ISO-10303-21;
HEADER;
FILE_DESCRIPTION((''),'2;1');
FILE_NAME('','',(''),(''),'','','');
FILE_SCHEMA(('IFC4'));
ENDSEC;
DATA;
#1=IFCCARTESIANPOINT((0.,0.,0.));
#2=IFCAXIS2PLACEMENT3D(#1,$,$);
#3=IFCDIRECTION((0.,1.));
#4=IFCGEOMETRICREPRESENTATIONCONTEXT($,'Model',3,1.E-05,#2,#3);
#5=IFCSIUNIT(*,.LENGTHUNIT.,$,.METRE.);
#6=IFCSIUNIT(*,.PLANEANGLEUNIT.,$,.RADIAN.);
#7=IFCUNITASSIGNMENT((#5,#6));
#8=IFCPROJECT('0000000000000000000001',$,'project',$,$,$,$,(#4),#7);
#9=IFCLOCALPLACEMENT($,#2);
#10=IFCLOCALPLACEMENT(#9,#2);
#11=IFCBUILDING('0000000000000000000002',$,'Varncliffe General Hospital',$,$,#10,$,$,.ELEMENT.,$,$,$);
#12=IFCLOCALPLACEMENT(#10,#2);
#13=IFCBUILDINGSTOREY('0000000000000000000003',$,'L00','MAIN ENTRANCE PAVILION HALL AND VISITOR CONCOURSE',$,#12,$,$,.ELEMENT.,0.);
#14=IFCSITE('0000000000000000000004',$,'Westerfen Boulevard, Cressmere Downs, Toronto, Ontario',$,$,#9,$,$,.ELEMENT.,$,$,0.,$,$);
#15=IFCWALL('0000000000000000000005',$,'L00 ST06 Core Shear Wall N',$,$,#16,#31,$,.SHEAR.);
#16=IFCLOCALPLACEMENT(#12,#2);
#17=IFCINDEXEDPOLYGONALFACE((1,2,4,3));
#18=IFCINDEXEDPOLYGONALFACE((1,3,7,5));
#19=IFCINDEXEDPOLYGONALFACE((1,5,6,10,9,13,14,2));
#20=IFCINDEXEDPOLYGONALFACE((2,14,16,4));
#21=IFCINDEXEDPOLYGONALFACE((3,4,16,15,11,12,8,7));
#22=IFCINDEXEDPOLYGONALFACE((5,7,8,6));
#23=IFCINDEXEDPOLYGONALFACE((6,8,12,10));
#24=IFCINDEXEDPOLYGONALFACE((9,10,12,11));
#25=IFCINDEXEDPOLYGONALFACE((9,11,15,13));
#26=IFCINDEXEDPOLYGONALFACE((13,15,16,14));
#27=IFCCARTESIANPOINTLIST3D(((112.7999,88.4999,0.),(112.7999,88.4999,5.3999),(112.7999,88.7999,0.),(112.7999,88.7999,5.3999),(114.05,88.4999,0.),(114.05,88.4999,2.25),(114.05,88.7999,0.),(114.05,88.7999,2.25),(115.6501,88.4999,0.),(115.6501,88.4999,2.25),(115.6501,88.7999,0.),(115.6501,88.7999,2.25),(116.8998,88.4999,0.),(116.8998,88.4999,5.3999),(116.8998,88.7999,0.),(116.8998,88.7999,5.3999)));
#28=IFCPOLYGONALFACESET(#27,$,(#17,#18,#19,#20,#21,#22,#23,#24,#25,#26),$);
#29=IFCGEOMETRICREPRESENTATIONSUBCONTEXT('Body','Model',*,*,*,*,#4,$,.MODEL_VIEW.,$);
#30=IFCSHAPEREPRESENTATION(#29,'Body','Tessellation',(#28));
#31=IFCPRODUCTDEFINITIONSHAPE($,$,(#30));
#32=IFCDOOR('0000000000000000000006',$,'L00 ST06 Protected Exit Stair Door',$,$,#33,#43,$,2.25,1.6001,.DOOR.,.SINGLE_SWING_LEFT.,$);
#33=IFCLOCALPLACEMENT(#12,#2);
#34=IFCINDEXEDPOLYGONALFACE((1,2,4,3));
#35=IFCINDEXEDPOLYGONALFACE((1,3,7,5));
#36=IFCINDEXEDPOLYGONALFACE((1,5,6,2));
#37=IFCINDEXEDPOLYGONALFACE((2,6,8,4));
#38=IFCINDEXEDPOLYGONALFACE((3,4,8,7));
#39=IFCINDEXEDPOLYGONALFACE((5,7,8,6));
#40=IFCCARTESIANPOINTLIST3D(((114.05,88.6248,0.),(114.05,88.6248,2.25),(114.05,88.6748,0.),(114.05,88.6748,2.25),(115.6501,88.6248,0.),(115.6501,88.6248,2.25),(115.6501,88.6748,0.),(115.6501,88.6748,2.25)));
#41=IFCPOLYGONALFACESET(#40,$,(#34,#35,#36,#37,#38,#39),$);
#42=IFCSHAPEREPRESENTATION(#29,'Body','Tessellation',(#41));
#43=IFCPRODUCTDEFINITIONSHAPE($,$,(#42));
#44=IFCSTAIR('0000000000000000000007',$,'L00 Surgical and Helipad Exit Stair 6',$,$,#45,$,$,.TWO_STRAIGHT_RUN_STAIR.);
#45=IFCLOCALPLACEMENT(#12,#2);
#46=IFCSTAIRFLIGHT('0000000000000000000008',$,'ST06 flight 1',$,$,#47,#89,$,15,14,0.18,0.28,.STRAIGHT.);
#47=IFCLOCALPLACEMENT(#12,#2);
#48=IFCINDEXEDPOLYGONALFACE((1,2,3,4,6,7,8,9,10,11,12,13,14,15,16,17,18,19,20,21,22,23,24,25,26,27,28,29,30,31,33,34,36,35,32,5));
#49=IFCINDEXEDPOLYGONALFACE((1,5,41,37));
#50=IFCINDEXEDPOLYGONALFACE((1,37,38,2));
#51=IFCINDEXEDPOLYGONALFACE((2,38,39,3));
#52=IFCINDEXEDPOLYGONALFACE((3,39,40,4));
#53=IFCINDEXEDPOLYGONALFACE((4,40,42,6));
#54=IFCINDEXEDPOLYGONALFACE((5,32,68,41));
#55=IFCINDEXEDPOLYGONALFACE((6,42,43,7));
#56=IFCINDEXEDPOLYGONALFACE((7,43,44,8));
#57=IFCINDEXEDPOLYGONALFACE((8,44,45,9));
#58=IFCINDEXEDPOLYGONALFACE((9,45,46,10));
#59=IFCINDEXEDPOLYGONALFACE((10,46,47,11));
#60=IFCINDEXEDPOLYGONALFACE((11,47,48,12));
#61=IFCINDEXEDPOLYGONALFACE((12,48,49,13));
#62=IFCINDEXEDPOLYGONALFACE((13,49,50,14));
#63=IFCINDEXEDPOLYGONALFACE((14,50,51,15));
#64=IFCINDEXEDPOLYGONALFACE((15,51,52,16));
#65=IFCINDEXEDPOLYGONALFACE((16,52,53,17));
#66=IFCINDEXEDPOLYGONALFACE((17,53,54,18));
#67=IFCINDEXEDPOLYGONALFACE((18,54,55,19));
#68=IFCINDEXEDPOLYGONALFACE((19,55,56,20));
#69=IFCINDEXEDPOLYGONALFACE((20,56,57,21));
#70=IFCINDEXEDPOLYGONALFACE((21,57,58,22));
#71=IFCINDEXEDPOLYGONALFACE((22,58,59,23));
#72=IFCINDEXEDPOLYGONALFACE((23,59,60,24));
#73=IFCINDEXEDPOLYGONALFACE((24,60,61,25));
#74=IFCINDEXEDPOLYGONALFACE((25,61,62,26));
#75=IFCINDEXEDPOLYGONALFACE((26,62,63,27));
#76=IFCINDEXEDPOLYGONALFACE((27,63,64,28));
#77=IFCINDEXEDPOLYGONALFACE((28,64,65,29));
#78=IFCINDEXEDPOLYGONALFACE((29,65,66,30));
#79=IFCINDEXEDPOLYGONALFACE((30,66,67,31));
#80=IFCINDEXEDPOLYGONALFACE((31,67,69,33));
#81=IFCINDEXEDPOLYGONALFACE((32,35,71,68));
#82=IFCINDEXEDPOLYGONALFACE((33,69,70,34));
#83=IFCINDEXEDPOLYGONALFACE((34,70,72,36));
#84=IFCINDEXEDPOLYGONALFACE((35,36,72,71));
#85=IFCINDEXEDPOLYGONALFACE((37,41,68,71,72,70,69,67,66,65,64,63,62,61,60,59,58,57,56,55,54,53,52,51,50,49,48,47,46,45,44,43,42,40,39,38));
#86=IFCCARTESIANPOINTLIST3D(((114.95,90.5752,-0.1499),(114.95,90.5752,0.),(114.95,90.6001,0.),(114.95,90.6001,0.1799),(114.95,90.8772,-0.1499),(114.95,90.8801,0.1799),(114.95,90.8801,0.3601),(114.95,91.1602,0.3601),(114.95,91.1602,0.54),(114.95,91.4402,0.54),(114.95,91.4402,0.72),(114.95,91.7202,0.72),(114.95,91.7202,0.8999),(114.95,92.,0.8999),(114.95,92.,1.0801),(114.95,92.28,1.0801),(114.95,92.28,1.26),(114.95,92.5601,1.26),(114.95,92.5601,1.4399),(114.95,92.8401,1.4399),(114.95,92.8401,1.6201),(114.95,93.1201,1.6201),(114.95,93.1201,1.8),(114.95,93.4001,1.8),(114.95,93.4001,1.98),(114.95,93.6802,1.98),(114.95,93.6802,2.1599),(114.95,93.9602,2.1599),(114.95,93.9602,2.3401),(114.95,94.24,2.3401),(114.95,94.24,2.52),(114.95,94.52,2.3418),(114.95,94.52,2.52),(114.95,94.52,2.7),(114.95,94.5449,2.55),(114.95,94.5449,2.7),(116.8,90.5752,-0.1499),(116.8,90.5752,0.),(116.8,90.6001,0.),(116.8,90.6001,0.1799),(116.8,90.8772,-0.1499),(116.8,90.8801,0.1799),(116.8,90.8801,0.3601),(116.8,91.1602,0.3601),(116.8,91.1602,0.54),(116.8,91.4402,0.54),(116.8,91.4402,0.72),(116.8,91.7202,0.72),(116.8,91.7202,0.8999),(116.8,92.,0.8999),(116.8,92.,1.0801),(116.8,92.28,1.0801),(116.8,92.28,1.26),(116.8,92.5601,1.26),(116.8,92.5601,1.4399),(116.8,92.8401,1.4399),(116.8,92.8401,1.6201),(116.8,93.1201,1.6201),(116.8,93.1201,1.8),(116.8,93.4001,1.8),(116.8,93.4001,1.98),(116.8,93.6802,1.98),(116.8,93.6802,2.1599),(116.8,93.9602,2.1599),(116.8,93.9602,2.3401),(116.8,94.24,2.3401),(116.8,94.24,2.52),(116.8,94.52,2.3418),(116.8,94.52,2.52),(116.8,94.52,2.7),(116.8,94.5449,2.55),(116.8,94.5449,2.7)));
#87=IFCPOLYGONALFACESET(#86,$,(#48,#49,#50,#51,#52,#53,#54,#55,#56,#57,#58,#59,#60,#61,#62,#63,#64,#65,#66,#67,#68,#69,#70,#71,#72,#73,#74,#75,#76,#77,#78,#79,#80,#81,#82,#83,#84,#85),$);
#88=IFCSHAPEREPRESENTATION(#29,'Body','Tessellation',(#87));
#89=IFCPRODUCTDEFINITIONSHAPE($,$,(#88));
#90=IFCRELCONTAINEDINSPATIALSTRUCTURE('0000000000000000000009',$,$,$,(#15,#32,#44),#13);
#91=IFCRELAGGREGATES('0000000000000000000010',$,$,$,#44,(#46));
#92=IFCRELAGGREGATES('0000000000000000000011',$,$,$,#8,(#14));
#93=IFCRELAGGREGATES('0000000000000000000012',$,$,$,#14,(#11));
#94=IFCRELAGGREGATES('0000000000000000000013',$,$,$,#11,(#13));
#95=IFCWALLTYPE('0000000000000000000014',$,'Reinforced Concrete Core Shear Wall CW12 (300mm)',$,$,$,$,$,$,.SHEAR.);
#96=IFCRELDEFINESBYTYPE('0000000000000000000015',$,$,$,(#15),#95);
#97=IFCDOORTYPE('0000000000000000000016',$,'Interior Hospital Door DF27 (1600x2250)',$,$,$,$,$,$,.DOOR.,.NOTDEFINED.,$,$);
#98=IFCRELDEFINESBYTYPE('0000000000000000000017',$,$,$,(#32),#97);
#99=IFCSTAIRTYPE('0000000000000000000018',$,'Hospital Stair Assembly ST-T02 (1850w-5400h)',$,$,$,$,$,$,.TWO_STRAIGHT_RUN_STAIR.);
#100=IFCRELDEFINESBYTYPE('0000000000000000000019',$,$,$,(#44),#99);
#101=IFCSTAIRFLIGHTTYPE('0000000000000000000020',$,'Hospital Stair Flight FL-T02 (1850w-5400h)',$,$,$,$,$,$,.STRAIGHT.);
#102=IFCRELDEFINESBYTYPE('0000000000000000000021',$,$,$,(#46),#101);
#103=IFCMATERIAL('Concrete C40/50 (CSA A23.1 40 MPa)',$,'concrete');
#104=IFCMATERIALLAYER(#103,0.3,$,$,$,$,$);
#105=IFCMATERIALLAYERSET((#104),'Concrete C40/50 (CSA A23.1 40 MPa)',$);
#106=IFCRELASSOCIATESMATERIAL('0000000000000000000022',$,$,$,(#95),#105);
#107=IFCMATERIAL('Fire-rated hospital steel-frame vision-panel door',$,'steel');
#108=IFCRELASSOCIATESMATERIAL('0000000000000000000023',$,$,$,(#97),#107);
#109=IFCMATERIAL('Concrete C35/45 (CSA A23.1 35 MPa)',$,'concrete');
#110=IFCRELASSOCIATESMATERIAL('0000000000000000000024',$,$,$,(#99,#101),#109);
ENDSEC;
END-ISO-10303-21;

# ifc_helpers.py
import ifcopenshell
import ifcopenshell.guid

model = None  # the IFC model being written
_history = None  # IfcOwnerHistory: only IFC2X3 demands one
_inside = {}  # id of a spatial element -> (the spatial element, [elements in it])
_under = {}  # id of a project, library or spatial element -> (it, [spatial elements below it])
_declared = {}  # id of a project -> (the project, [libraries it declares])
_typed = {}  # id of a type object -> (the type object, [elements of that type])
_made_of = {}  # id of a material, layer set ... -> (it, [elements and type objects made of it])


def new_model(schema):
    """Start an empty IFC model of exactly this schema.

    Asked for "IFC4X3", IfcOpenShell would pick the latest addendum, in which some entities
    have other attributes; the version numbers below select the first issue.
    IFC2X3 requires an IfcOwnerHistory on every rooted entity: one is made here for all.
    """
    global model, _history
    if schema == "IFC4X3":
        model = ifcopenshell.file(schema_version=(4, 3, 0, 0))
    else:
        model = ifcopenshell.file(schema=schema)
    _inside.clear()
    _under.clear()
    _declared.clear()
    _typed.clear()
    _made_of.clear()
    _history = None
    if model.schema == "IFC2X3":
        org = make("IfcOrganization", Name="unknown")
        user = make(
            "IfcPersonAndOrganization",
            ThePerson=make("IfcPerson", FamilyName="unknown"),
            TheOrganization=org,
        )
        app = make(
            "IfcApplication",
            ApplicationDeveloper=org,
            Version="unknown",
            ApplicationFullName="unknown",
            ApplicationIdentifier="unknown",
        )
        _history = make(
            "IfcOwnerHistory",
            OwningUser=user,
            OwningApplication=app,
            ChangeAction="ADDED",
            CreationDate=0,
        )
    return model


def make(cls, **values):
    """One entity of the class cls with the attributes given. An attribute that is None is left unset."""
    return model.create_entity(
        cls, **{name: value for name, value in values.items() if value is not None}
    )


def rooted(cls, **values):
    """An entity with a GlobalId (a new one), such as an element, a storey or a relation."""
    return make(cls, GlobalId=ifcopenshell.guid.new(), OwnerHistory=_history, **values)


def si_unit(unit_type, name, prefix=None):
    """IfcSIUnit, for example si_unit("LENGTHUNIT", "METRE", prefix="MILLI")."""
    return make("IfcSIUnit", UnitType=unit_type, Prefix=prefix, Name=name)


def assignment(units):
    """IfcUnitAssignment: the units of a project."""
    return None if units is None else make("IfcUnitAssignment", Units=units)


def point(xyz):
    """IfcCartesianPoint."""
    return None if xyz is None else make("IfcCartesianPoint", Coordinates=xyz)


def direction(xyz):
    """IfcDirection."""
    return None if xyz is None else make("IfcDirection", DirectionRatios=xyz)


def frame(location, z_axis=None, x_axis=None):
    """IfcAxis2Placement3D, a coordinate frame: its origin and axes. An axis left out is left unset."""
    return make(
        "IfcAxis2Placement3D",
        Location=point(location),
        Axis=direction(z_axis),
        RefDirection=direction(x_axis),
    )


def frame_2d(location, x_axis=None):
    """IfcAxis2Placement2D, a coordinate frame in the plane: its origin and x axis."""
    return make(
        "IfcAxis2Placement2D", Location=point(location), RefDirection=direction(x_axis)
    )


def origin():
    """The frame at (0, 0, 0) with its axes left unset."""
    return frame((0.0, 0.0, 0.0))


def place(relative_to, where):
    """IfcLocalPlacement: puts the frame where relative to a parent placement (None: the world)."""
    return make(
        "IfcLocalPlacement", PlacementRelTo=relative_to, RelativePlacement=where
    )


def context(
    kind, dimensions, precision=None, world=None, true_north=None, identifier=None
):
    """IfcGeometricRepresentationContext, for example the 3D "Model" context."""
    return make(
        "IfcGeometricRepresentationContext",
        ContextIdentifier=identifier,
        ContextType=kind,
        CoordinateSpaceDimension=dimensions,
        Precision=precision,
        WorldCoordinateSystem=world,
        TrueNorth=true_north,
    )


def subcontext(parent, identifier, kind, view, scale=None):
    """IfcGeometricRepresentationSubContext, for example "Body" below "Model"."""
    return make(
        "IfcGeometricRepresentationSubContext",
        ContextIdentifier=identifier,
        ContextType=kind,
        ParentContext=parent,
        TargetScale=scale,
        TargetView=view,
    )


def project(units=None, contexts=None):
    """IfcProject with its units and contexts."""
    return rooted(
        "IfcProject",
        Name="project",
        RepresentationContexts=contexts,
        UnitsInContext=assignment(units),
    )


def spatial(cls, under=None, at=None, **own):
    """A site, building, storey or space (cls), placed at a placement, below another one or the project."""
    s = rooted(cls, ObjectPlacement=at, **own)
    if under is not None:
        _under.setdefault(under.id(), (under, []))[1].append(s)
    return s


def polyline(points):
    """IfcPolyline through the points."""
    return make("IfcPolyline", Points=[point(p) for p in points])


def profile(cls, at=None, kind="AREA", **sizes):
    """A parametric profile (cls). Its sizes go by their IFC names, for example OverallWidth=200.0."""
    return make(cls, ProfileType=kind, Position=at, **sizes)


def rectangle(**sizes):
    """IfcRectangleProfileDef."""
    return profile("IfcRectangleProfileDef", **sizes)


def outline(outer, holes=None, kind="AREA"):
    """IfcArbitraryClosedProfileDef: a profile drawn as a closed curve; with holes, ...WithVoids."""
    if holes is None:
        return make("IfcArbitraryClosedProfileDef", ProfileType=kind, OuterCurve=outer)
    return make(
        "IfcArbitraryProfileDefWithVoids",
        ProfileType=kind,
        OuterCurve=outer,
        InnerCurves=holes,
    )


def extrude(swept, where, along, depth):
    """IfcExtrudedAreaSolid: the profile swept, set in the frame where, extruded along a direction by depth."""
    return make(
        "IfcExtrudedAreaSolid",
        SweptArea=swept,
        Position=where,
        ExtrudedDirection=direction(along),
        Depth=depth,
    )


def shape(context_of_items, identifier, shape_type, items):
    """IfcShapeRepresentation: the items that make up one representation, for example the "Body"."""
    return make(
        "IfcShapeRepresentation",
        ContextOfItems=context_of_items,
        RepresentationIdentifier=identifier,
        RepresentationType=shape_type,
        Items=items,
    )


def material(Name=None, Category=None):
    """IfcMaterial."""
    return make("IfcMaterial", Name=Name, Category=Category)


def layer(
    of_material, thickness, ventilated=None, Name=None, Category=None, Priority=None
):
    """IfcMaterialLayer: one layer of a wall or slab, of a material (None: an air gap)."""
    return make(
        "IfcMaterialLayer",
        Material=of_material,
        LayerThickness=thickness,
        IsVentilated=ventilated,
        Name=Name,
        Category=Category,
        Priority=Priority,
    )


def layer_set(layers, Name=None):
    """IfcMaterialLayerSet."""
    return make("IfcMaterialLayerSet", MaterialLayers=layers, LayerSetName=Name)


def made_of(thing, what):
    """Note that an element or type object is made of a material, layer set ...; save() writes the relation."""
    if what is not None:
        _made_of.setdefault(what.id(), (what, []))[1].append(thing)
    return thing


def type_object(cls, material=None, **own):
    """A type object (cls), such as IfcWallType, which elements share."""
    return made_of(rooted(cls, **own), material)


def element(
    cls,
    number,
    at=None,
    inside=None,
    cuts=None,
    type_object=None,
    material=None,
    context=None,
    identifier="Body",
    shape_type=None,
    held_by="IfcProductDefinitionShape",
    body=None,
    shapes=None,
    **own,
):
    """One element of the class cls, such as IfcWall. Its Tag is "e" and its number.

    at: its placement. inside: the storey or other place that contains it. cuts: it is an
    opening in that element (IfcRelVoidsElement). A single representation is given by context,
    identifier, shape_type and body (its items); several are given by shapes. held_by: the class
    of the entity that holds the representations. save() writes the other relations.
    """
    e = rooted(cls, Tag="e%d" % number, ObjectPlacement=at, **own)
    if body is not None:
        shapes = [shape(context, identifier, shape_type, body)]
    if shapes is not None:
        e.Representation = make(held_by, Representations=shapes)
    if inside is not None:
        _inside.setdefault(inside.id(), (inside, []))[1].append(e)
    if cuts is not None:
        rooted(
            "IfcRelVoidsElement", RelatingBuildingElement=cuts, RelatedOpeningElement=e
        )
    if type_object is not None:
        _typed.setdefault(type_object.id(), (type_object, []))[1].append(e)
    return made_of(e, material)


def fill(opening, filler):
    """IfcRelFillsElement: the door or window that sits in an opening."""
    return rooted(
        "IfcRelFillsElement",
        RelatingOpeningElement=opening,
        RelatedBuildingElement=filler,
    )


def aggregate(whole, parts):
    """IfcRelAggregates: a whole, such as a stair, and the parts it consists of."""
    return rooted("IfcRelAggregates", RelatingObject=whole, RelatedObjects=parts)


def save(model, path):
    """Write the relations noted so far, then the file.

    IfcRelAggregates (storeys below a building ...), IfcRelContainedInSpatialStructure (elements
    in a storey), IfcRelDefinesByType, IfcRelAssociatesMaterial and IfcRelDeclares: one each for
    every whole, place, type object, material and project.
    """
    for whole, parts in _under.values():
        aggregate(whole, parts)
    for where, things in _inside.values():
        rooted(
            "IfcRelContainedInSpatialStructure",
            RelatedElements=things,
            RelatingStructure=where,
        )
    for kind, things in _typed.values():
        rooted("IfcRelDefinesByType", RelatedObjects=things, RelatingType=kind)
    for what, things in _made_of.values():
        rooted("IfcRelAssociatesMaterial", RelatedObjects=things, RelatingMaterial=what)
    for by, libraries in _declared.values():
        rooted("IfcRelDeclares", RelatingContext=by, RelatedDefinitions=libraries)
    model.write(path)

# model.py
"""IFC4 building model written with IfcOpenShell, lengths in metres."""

from ifc_helpers import new_model, si_unit, direction, frame, frame_2d, origin, place, context, subcontext, project, spatial, polyline, rectangle, outline, extrude, material, layer, layer_set, type_object, element, fill, aggregate, save


model = new_model("IFC4")

# Units and contexts
model_context = context("Model", 3, precision=1e-05, world=origin(), true_north=direction((0.0, 1.0)))
body_context = subcontext(model_context, "Body", "Model", "MODEL_VIEW")
ifc_project = project(units=[si_unit("LENGTHUNIT", "METRE"), si_unit("PLANEANGLEUNIT", "RADIAN")], contexts=[model_context])

# Site, building, storey
site_placement = place(None, origin())
site = spatial("IfcSite", under=ifc_project, at=site_placement, Name="Westerfen Boulevard, Cressmere Downs, Toronto, Ontario", CompositionType="ELEMENT", RefElevation=0.0)
building_placement = place(site_placement, origin())
building = spatial("IfcBuilding", under=site, at=building_placement, Name="Varncliffe General Hospital", CompositionType="ELEMENT")
storey_placement = place(building_placement, origin())
storey = spatial("IfcBuildingStorey", under=building, at=storey_placement, Name="L00", Description="MAIN ENTRANCE PAVILION HALL AND VISITOR CONCOURSE", CompositionType="ELEMENT", Elevation=0.0)

# Shared definitions
ifc_material_1 = material(Name="Concrete C40/50 (CSA A23.1 40 MPa)", Category="concrete")

# Shared definitions
ifc_material_2 = material(Name="Concrete C35/45 (CSA A23.1 35 MPa)", Category="concrete")

# Shared definitions
ifc_material_3 = material(Name="Fire-rated hospital steel-frame vision-panel door", Category="steel")

# Shared definitions
ifc_layer_1 = layer(ifc_material_1, 0.3)
ifc_layer_set_1 = layer_set([ifc_layer_1], Name="Concrete C40/50 (CSA A23.1 40 MPa)")
wall_type_1 = type_object("IfcWallType", Name="Reinforced Concrete Core Shear Wall CW12 (300mm)", PredefinedType="SHEAR", material=ifc_layer_set_1)

# Wall, opening, door
wall_1_placement = place(storey_placement, frame((112.8, 88.6499, 0.0), z_axis=(0.0, 0.0, 1.0), x_axis=(1.0, 0.0, 0.0)))
wall_1 = element("IfcWall", 1, at=wall_1_placement, inside=storey, type_object=wall_type_1, Name="L00 ST06 Core Shear Wall N", PredefinedType="SHEAR", context=body_context, shape_type="SweptSolid", body=[
    extrude(rectangle(XDim=4.0999, YDim=0.3, at=frame_2d((2.0498, 0.0))), origin(), (0.0, 0.0, 1.0), 5.3999),
])
opening_1_placement = place(wall_1_placement, frame((1.25, 0.0, 0.0)))
opening_1 = element("IfcOpeningElement", 2, at=opening_1_placement, cuts=wall_1, PredefinedType="OPENING", context=body_context, shape_type="SweptSolid", body=[
    extrude(rectangle(XDim=1.6001, YDim=2.25, at=frame_2d((0.8, 1.125))), frame((0.0, 0.1602, 0.0), z_axis=(0.0, -1.0, 0.0), x_axis=(1.0, 0.0, 0.0)), (0.0, 0.0, 1.0), 0.3201),
])
door_type_1 = type_object("IfcDoorType", Name="Interior Hospital Door DF27 (1600x2250)", OperationType="NOTDEFINED", PredefinedType="DOOR", material=ifc_material_3)
door_1_placement = place(opening_1_placement, origin())
door_1 = element("IfcDoor", 3, at=door_1_placement, inside=storey, type_object=door_type_1, Name="L00 ST06 Protected Exit Stair Door", OperationType="SINGLE_SWING_LEFT", OverallHeight=2.25, OverallWidth=1.6001, PredefinedType="DOOR", context=body_context, shape_type="SweptSolid", body=[
    extrude(rectangle(XDim=1.6001, YDim=2.25, at=frame_2d((0.8, 1.125))), frame((0.0, 0.0249, 0.0), z_axis=(0.0, -1.0, 0.0), x_axis=(1.0, 0.0, 0.0)), (0.0, 0.0, 1.0), 0.05),
])
fill(opening_1, door_1)

# Stair, stair flight
stair_type = type_object("IfcStairType", Name="Hospital Stair Assembly ST-T02 (1850w-5400h)", PredefinedType="TWO_STRAIGHT_RUN_STAIR", material=ifc_material_2)
stair_placement = place(storey_placement, origin())
stair = element("IfcStair", 4, at=stair_placement, inside=storey, type_object=stair_type, Name="L00 Surgical and Helipad Exit Stair 6", PredefinedType="TWO_STRAIGHT_RUN_STAIR")
stair_flight_type = type_object("IfcStairFlightType", Name="Hospital Stair Flight FL-T02 (1850w-5400h)", PredefinedType="STRAIGHT", material=ifc_material_2)
stair_flight_placement = place(storey_placement, frame((115.875, 90.6001, 0.0), z_axis=(0.0, 0.0, 1.0), x_axis=(0.0, 1.0, 0.0)))
stair_flight = element("IfcStairFlight", 5, at=stair_flight_placement, type_object=stair_flight_type, Name="ST06 flight 1", NumberOfRisers=15, NumberOfTreads=14, PredefinedType="STRAIGHT", RiserHeight=0.18, TreadLength=0.28, context=body_context, shape_type="SweptSolid", body=[
    extrude(outline(polyline([(-0.0249, -0.1499), (-0.0249, 0.0), (0.0, 0.0), (0.0, 0.1799), (0.28, 0.1799), (0.28, 0.3601), (0.5601, 0.3601), (0.5601, 0.54), (0.8401, 0.54), (0.8401, 0.72), (1.1201, 0.72), (1.1201, 0.8999), (1.3999, 0.8999), (1.3999, 1.0801), (1.6799, 1.0801), (1.6799, 1.26), (1.96, 1.26), (1.96, 1.4399), (2.24, 1.4399), (2.24, 1.6201), (2.52, 1.6201), (2.52, 1.8), (2.8, 1.8), (2.8, 1.98), (3.0801, 1.98), (3.0801, 2.1599), (3.3601, 2.1599), (3.3601, 2.3401), (3.6399, 2.3401), (3.6399, 2.52), (3.9199, 2.52), (3.9199, 2.7), (3.9448, 2.7), (3.9448, 2.55), (3.9199, 2.3418), (0.2771, -0.1499), (-0.0249, -0.1499)])), frame((0.0, 0.925, 0.0), z_axis=(0.0, -1.0, 0.0), x_axis=(1.0, 0.0, 0.0)), (0.0, 0.0, 1.0), 1.8501),
])
aggregate(stair, [stair_flight])

save(model, "model.ifc")
